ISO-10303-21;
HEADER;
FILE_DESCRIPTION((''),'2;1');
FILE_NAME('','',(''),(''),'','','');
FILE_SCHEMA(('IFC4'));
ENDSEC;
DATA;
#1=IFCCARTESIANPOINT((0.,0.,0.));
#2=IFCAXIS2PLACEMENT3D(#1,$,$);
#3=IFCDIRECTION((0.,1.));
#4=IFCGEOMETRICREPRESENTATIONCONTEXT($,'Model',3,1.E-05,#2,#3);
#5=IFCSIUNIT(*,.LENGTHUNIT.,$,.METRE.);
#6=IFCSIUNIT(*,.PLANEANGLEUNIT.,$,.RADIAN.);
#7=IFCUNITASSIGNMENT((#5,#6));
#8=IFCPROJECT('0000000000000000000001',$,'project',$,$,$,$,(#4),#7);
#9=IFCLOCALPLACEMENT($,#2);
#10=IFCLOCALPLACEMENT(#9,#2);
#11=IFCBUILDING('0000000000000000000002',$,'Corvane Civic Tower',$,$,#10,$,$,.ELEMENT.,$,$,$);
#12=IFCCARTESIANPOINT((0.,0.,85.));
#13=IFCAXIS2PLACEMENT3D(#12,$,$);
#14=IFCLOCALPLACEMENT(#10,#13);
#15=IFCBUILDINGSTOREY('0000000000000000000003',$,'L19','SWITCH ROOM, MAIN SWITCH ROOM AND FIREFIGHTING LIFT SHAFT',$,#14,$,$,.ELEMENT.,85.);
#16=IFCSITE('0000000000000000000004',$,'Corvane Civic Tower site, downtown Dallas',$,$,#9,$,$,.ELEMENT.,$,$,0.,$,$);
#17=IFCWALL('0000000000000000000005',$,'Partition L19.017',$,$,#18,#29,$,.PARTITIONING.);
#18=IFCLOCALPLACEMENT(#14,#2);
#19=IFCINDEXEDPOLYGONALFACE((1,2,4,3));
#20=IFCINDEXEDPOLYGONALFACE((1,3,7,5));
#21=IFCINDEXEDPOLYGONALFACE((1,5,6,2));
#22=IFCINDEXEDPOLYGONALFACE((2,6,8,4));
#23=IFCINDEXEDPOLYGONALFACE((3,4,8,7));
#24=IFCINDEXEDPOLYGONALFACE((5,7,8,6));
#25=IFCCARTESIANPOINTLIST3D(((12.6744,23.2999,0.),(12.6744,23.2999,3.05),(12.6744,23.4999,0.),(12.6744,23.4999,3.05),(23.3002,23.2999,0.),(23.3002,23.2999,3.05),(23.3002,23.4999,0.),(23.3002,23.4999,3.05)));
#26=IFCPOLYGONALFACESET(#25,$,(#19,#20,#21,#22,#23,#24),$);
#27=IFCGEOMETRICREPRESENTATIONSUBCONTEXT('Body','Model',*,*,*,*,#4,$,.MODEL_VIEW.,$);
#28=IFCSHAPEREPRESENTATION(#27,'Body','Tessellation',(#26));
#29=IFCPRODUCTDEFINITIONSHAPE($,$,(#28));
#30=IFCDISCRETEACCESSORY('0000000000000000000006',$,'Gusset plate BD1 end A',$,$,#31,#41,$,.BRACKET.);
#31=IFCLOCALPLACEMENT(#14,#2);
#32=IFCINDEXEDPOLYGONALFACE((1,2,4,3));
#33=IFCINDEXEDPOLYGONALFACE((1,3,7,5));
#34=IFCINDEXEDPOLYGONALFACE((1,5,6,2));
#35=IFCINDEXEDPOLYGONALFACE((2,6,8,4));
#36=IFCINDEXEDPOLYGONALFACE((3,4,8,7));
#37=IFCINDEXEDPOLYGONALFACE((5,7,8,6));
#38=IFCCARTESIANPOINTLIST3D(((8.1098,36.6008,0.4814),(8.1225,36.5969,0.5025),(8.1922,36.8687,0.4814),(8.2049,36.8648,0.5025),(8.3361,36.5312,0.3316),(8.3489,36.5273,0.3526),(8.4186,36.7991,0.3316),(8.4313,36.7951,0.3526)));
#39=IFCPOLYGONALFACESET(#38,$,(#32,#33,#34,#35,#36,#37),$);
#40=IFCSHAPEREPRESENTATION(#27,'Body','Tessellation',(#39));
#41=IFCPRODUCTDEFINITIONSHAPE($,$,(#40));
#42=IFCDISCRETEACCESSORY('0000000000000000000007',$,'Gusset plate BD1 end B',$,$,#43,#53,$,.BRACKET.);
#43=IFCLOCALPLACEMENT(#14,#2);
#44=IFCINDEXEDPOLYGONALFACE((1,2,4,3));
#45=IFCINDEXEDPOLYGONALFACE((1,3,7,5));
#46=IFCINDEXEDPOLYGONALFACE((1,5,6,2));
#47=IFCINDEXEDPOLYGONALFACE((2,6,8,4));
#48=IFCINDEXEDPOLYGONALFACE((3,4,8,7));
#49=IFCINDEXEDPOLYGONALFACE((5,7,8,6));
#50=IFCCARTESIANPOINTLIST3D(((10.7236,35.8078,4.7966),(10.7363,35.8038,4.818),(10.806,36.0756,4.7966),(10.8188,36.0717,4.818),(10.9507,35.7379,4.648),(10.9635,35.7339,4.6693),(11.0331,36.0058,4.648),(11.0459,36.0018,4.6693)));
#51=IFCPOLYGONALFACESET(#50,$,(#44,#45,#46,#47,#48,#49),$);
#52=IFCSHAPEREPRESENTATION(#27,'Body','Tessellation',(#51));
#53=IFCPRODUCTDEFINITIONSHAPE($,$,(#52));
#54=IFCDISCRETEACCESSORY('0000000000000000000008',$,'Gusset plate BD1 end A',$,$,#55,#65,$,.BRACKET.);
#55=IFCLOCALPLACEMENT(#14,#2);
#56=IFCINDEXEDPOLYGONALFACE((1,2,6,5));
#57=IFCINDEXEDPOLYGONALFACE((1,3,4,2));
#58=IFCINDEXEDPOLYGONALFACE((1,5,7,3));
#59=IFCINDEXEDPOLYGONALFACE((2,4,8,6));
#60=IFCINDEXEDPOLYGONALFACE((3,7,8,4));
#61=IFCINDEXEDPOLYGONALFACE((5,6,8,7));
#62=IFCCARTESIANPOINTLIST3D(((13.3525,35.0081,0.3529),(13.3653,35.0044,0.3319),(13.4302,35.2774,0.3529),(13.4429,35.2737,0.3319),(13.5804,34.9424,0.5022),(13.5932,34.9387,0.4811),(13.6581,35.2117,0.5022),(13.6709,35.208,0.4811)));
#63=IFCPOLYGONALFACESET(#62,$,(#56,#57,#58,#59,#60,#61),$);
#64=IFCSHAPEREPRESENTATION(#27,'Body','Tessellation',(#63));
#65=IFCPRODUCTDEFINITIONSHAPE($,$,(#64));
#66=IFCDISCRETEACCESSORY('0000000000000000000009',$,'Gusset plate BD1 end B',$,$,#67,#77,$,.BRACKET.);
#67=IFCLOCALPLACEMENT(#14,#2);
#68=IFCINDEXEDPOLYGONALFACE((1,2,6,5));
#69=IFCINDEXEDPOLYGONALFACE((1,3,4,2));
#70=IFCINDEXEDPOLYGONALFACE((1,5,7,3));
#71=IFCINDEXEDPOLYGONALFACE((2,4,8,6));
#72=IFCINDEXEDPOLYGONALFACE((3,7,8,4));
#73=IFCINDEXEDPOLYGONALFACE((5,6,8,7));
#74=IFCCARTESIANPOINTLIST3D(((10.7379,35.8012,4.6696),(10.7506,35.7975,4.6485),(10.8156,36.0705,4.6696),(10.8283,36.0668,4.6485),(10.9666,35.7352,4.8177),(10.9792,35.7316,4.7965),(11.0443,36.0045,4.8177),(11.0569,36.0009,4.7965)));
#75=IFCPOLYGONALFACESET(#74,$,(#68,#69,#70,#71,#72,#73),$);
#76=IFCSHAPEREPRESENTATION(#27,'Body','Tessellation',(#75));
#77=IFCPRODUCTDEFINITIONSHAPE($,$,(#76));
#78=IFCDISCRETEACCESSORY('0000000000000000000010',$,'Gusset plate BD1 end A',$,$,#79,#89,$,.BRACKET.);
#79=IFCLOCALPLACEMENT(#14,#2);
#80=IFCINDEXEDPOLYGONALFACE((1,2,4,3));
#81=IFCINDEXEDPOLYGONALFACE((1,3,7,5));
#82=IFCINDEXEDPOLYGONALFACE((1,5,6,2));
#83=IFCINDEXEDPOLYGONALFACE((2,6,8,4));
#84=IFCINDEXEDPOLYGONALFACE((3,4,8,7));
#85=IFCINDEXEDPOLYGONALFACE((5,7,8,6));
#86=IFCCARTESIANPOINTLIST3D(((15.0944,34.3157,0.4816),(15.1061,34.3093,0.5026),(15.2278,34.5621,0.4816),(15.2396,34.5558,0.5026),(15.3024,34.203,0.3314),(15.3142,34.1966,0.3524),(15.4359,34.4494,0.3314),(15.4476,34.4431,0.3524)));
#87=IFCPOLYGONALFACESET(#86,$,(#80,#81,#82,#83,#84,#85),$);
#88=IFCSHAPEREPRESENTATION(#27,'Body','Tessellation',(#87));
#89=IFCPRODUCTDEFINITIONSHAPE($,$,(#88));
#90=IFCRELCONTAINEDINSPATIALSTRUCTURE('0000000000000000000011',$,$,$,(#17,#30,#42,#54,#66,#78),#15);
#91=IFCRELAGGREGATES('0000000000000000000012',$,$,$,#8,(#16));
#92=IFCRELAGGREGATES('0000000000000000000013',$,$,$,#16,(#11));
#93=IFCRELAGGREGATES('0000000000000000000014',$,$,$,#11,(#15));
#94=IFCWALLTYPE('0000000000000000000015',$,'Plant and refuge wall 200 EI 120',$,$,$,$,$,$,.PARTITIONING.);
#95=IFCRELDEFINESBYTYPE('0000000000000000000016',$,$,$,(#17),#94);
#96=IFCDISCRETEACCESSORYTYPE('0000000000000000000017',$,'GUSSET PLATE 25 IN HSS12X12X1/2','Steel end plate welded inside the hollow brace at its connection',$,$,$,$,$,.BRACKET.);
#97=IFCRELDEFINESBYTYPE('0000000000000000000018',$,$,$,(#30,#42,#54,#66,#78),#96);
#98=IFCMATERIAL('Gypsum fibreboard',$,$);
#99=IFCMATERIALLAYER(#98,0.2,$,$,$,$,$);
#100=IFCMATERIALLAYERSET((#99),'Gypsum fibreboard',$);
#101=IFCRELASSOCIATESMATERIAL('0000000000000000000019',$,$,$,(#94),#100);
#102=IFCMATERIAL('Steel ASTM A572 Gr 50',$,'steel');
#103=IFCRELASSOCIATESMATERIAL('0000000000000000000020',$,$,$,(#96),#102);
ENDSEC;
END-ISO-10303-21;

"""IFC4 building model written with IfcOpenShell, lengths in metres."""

from ifc_helpers import new_model, si_unit, direction, frame, frame_2d, origin, origin_2d, place, context, subcontext, project, spatial, rectangle, extrude, material, layer, layer_set, material_profile, profile_set, type_object, element, save


model = new_model("IFC4")

# Units and contexts
model_context = context("Model", 3, precision=1e-05, world=origin(), true_north=direction((0.0, 1.0)))
body_context = subcontext(model_context, "Body", "Model", "MODEL_VIEW")
ifc_project = project(units=[si_unit("LENGTHUNIT", "METRE"), si_unit("PLANEANGLEUNIT", "RADIAN")], contexts=[model_context])

# Site, building, storey
site_placement = place(None, origin())
site = spatial("IfcSite", under=ifc_project, at=site_placement, Name="Corvane Civic Tower site, downtown Dallas", CompositionType="ELEMENT", RefElevation=0.0)
building_placement = place(site_placement, origin())
building = spatial("IfcBuilding", under=site, at=building_placement, Name="Corvane Civic Tower", CompositionType="ELEMENT")
storey_placement = place(building_placement, frame((0.0, 0.0, 85.0)))
storey = spatial("IfcBuildingStorey", under=building, at=storey_placement, Name="L19", Description="SWITCH ROOM, MAIN SWITCH ROOM AND FIREFIGHTING LIFT SHAFT", CompositionType="ELEMENT", Elevation=85.0)

# Wall
ifc_material_1 = material(Name="Gypsum fibreboard")
ifc_layer_1 = layer(ifc_material_1, 0.2)
ifc_layer_set_1 = layer_set([ifc_layer_1], Name="Gypsum fibreboard")
wall_type_1 = type_object("IfcWallType", Name="Plant and refuge wall 200 EI 120", PredefinedType="PARTITIONING", material=ifc_layer_set_1)
wall_1_placement = place(storey_placement, frame((12.6743, 23.3999, 0.0), z_axis=(0.0, 0.0, 1.0), x_axis=(1.0, 0.0, 0.0)))
element("IfcWall", 1, at=wall_1_placement, inside=storey, type_object=wall_type_1, Name="Partition L19.017", PredefinedType="PARTITIONING", context=body_context, shape_type="SweptSolid", body=[
    extrude(rectangle(XDim=10.6257, YDim=0.2, at=frame_2d((5.313, 0.0))), origin(), (0.0, 0.0, 1.0), 3.05),
])

# Discrete accessories
ifc_material_2 = material(Name="Steel ASTM A572 Gr 50", Category="steel")
ifc_material_profile_1 = material_profile(ifc_material_2, rectangle(XDim=0.2803, YDim=0.2803, at=origin_2d()), Name="GUSSET PLATE 25 IN HSS12X12X1/2")
ifc_profile_set_1 = profile_set([ifc_material_profile_1], Name="Steel ASTM A572 Gr 50")
discrete_accessory_type = type_object("IfcDiscreteAccessoryType", Name="GUSSET PLATE 25 IN HSS12X12X1/2", Description="Steel end plate welded inside the hollow brace at its connection", PredefinedType="BRACKET", material=ifc_profile_set_1)
discrete_accessory_1_placement = place(storey_placement, frame((8.2642, 36.7, 0.4065), z_axis=(0.510984, -0.157226, 0.845089), x_axis=(0.294086, 0.955779, 0.0)))
element("IfcDiscreteAccessory", 2, at=discrete_accessory_1_placement, inside=storey, type_object=discrete_accessory_type, Name="Gusset plate BD1 end A", PredefinedType="BRACKET", context=body_context, shape_type="SweptSolid", body=[
    extrude(rectangle(XDim=0.2803, YDim=0.2803, at=origin_2d()), origin(), (0.0, 0.0, 1.0), 0.0249),
])
discrete_accessory_2_placement = place(storey_placement, frame((10.8911, 35.9028, 4.7437), z_axis=(-0.506769, 0.155929, -0.847863), x_axis=(-0.294086, -0.955779, 0.0)))
element("IfcDiscreteAccessory", 3, at=discrete_accessory_2_placement, inside=storey, type_object=discrete_accessory_type, Name="Gusset plate BD1 end B", PredefinedType="BRACKET", context=body_context, shape_type="SweptSolid", body=[
    extrude(rectangle(XDim=0.2803, YDim=0.2803, at=origin_2d()), origin(), (0.0, 0.0, 1.0), 0.0251),
])
for number, where, z_axis, x_axis, name in (
    (4, (13.5181, 35.1062, 0.4065), (-0.511751, 0.14762, 0.846357), (-0.277161, -0.960824, 0.0), "Gusset plate BD1 end A"),
    (5, (10.8911, 35.9028, 4.7437), (0.507516, -0.146399, -0.849114), (0.277161, 0.960824, 0.0), "Gusset plate BD1 end B"),
    (6, (15.2651, 34.3826, 0.4065), (0.471223, -0.255246, 0.844274), (0.476283, 0.879292, 0.0), "Gusset plate BD1 end A"),
):
    element("IfcDiscreteAccessory", number, at=place(storey_placement, frame(where, z_axis=z_axis, x_axis=x_axis)), inside=storey, type_object=discrete_accessory_type, Name=name, PredefinedType="BRACKET", context=body_context, shape_type="SweptSolid", body=[
        extrude(rectangle(XDim=0.2803, YDim=0.2803, at=origin_2d()), origin(), (0.0, 0.0, 1.0), 0.0249),
    ])

save(model, "model.ifc")
